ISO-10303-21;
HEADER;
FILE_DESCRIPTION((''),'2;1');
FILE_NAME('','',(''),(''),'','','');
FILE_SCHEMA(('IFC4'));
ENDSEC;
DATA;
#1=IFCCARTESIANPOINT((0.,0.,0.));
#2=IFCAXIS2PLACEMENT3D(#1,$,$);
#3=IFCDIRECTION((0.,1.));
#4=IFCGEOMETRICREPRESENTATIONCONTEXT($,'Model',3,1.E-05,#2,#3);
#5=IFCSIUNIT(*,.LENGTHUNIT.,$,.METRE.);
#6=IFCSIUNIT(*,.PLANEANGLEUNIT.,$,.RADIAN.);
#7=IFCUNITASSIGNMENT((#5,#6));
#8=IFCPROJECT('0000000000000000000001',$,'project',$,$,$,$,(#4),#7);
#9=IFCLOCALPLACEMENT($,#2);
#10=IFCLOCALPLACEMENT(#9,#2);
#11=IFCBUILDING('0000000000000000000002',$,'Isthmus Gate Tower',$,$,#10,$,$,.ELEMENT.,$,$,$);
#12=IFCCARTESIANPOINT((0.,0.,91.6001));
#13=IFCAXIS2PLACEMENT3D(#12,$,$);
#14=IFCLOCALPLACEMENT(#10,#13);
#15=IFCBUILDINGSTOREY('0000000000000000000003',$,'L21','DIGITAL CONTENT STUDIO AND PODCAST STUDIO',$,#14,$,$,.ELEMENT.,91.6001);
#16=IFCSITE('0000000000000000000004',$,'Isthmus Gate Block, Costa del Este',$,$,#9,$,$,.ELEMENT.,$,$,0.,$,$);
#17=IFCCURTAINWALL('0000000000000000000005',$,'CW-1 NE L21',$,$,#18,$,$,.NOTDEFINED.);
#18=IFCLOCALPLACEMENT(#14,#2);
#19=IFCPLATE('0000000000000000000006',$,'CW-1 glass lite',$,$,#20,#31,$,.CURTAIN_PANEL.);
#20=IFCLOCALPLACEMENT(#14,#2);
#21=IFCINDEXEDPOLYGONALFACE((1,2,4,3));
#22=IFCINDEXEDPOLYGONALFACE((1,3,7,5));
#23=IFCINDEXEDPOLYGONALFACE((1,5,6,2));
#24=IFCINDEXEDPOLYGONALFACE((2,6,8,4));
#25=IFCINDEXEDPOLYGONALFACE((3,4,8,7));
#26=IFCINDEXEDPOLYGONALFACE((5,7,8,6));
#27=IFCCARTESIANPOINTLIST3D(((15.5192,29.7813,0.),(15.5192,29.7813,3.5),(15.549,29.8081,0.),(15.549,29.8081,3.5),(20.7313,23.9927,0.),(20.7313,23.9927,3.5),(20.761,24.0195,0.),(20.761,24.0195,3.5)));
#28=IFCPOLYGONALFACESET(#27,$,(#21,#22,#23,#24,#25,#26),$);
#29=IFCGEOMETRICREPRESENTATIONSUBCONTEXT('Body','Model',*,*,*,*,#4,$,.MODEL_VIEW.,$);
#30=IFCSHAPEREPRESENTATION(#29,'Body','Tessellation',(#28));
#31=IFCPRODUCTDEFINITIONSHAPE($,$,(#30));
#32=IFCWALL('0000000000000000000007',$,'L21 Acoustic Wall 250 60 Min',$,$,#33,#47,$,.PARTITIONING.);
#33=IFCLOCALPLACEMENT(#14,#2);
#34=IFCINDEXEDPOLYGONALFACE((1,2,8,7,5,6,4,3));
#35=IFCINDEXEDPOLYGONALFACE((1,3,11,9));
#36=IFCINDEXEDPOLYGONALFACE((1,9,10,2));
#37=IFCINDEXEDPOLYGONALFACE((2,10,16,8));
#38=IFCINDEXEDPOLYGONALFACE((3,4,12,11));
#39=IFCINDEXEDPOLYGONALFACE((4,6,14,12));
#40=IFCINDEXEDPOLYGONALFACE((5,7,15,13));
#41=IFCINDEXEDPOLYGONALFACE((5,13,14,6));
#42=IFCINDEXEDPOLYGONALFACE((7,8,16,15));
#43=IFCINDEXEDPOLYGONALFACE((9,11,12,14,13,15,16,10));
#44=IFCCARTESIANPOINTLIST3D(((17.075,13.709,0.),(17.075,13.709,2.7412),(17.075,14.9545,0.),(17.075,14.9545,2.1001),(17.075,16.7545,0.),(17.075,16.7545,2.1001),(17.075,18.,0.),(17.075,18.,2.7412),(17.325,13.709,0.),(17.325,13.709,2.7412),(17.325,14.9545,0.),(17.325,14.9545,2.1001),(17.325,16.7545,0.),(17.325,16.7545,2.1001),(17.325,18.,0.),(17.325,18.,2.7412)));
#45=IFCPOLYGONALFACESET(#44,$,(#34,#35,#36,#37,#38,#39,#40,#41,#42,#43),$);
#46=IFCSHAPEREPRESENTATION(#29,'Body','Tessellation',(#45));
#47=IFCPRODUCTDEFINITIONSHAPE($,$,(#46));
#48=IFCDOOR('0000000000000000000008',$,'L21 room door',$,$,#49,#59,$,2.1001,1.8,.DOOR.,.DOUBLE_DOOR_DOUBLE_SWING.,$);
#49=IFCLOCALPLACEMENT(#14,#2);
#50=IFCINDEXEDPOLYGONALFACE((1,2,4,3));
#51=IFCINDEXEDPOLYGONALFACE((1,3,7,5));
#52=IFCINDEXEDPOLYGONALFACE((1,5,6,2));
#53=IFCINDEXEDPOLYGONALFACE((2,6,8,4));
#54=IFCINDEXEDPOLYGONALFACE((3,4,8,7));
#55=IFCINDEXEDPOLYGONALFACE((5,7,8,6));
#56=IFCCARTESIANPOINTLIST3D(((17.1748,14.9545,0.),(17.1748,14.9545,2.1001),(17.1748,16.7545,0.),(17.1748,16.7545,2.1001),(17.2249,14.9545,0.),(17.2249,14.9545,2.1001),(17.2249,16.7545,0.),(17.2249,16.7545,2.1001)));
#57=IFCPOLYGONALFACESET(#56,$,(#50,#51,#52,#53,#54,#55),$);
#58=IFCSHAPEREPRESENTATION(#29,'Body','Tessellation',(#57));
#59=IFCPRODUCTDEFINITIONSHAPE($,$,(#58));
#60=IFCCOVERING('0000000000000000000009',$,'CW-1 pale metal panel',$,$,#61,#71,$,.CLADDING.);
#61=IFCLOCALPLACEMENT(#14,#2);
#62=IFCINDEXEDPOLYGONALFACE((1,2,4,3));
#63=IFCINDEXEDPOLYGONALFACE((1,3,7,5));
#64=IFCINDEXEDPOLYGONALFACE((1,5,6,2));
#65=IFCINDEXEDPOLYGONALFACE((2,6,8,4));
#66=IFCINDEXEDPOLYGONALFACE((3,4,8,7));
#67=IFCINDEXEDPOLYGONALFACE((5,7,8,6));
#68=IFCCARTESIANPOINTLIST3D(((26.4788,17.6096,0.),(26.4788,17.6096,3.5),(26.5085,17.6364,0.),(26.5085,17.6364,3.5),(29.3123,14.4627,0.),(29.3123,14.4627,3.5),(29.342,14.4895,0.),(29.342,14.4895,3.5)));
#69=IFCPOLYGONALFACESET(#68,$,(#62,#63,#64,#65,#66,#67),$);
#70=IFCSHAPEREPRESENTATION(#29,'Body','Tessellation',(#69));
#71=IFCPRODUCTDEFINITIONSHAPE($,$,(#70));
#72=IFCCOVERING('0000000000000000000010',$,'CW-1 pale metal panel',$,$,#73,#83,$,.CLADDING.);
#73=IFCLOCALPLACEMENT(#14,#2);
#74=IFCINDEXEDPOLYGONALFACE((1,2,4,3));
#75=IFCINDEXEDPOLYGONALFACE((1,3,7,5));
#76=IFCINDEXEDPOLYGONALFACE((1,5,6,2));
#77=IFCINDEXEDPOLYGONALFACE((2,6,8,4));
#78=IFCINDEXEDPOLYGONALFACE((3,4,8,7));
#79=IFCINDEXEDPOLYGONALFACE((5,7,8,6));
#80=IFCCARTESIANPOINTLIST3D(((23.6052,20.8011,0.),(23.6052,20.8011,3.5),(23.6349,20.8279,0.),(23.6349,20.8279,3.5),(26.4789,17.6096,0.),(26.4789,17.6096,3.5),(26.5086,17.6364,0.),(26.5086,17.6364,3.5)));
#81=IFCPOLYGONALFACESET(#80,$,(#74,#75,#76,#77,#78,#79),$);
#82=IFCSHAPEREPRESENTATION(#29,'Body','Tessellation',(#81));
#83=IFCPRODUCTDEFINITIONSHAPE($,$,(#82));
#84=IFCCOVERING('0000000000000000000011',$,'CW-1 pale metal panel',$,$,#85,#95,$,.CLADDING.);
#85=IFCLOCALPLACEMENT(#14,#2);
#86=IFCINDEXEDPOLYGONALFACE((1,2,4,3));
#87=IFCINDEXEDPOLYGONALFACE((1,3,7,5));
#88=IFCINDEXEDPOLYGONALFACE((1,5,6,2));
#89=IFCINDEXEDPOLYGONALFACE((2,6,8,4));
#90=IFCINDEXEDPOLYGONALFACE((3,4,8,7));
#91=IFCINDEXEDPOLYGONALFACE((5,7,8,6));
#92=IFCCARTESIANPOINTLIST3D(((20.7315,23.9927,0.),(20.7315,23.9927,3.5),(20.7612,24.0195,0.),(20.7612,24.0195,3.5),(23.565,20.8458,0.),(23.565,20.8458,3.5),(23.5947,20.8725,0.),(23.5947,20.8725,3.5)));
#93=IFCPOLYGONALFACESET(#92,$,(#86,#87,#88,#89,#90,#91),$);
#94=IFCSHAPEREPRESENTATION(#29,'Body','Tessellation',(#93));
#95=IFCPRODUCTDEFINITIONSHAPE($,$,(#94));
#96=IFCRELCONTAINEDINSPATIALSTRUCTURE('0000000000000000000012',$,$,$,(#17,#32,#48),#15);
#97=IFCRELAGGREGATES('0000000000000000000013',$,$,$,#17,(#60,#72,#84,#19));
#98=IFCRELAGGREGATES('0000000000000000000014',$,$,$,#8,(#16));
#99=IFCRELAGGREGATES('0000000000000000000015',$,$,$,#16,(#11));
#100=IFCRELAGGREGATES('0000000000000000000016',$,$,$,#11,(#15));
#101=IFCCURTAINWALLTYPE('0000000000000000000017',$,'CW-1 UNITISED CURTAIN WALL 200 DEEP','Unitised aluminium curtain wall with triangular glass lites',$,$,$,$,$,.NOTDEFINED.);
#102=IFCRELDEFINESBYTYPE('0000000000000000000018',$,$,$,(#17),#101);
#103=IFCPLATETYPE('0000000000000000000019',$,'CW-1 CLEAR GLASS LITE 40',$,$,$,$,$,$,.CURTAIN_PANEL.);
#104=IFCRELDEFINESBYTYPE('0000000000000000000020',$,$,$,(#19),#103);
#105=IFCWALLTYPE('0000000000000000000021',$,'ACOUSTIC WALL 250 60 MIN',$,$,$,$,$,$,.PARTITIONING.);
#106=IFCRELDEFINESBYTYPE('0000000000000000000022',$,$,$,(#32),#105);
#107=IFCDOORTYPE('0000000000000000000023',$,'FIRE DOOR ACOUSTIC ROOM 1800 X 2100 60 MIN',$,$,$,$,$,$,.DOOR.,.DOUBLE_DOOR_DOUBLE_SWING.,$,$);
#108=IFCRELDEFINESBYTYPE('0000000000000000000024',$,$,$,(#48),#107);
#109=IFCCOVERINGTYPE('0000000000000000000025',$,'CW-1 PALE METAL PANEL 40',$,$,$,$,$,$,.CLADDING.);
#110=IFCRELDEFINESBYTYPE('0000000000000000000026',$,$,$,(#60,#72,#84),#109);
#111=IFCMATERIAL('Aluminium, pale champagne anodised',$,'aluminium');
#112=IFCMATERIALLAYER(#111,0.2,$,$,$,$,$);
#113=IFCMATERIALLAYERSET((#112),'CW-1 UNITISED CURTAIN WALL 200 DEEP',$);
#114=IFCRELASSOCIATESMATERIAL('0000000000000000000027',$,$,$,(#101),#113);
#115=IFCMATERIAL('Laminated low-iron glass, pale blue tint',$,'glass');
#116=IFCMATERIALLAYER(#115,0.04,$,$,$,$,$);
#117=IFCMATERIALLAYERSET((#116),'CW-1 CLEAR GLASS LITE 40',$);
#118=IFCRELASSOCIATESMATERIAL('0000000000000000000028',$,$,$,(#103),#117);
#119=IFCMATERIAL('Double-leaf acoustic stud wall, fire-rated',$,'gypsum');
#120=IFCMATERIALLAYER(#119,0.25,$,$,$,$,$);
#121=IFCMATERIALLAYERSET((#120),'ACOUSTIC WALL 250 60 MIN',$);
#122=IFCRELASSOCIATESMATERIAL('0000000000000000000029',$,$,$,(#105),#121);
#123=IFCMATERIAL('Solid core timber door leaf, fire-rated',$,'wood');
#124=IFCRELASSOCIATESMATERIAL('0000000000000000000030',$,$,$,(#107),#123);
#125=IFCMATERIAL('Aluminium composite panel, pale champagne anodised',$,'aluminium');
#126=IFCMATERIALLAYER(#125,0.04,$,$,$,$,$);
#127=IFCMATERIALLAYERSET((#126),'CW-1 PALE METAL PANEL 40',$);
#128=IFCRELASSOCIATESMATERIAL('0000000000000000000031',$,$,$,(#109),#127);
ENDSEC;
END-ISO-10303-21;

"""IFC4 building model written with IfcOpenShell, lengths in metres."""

from ifc_helpers import new_model, si_unit, direction, frame, frame_2d, origin, origin_2d, place, context, subcontext, project, spatial, rectangle, extrude, material, layer, layer_set, type_object, element, fill, aggregate, save


model = new_model("IFC4")

# Units and contexts
model_context = context("Model", 3, precision=1e-05, world=origin(), true_north=direction((0.0, 1.0)))
body_context = subcontext(model_context, "Body", "Model", "MODEL_VIEW")
ifc_project = project(units=[si_unit("LENGTHUNIT", "METRE"), si_unit("PLANEANGLEUNIT", "RADIAN")], contexts=[model_context])

# Site, building, storey
site_placement = place(None, origin())
site = spatial("IfcSite", under=ifc_project, at=site_placement, Name="Isthmus Gate Block, Costa del Este", CompositionType="ELEMENT", RefElevation=0.0)
building_placement = place(site_placement, origin())
building = spatial("IfcBuilding", under=site, at=building_placement, Name="Isthmus Gate Tower", CompositionType="ELEMENT")
storey_placement = place(building_placement, frame((0.0, 0.0, 91.6001)))
storey = spatial("IfcBuildingStorey", under=building, at=storey_placement, Name="L21", Description="DIGITAL CONTENT STUDIO AND PODCAST STUDIO", CompositionType="ELEMENT", Elevation=91.6001)

# Curtain wall
ifc_material_1 = material(Name="Aluminium, pale champagne anodised", Category="aluminium")
ifc_layer_1 = layer(ifc_material_1, 0.2)
ifc_layer_set_1 = layer_set([ifc_layer_1], Name="CW-1 UNITISED CURTAIN WALL 200 DEEP")
curtain_wall_type = type_object("IfcCurtainWallType", Name="CW-1 UNITISED CURTAIN WALL 200 DEEP", Description="Unitised aluminium curtain wall with triangular glass lites", PredefinedType="NOTDEFINED", material=ifc_layer_set_1)
curtain_wall_1_placement = place(storey_placement, origin())
curtain_wall_1 = element("IfcCurtainWall", 1, at=curtain_wall_1_placement, inside=storey, type_object=curtain_wall_type, Name="CW-1 NE L21", PredefinedType="NOTDEFINED")

# Plate
ifc_material_2 = material(Name="Laminated low-iron glass, pale blue tint", Category="glass")
ifc_layer_2 = layer(ifc_material_2, 0.04)
ifc_layer_set_2 = layer_set([ifc_layer_2], Name="CW-1 CLEAR GLASS LITE 40")
plate_type = type_object("IfcPlateType", Name="CW-1 CLEAR GLASS LITE 40", PredefinedType="CURTAIN_PANEL", material=ifc_layer_set_2)
plate_placement = place(storey_placement, frame((18.1401, 26.9004, 0.0), z_axis=(0.0, 0.0, 1.0), x_axis=(-0.669131, 0.743145, 0.0)))
plate = element("IfcPlate", 2, at=plate_placement, type_object=plate_type, Name="CW-1 glass lite", PredefinedType="CURTAIN_PANEL", context=body_context, shape_type="SweptSolid", body=[
    extrude(rectangle(XDim=7.7893, YDim=0.04, at=origin_2d()), origin(), (0.0, 0.0, 1.0), 3.5),
])

# Wall, opening, door
ifc_material_3 = material(Name="Double-leaf acoustic stud wall, fire-rated", Category="gypsum")
ifc_layer_3 = layer(ifc_material_3, 0.25)
ifc_layer_set_3 = layer_set([ifc_layer_3], Name="ACOUSTIC WALL 250 60 MIN")
wall_type = type_object("IfcWallType", Name="ACOUSTIC WALL 250 60 MIN", PredefinedType="PARTITIONING", material=ifc_layer_set_3)
wall_placement = place(storey_placement, frame((17.2, 18.0, 0.0), z_axis=(0.0, 0.0, 1.0), x_axis=(0.0, -1.0, 0.0)))
wall = element("IfcWall", 3, at=wall_placement, inside=storey, type_object=wall_type, Name="L21 Acoustic Wall 250 60 Min", PredefinedType="PARTITIONING", context=body_context, shape_type="SweptSolid", body=[
    extrude(rectangle(XDim=4.291, YDim=0.25, at=frame_2d((2.1455, 0.0))), origin(), (0.0, 0.0, 1.0), 2.7412),
])
opening_placement = place(wall_placement, frame((1.2456, 0.0, 0.0)))
opening = element("IfcOpeningElement", 4, at=opening_placement, cuts=wall, PredefinedType="OPENING", context=body_context, shape_type="SweptSolid", body=[
    extrude(rectangle(XDim=1.8, YDim=2.1001, at=frame_2d((0.8999, 1.05))), frame((0.0, 0.135, 0.0), z_axis=(0.0, -1.0, 0.0), x_axis=(1.0, 0.0, 0.0)), (0.0, 0.0, 1.0), 0.27),
])
ifc_material_4 = material(Name="Solid core timber door leaf, fire-rated", Category="wood")
door_type = type_object("IfcDoorType", Name="FIRE DOOR ACOUSTIC ROOM 1800 X 2100 60 MIN", OperationType="DOUBLE_DOOR_DOUBLE_SWING", PredefinedType="DOOR", material=ifc_material_4)
door_placement = place(opening_placement, origin())
door = element("IfcDoor", 5, at=door_placement, inside=storey, type_object=door_type, Name="L21 room door", OperationType="DOUBLE_DOOR_DOUBLE_SWING", OverallHeight=2.1001, OverallWidth=1.8, PredefinedType="DOOR", context=body_context, shape_type="SweptSolid", body=[
    extrude(rectangle(XDim=1.8, YDim=2.1001, at=frame_2d((0.8999, 1.05))), frame((0.0, 0.0249, 0.0), z_axis=(0.0, -1.0, 0.0), x_axis=(1.0, 0.0, 0.0)), (0.0, 0.0, 1.0), 0.05),
])
fill(opening, door)

# Coverings
ifc_material_5 = material(Name="Aluminium composite panel, pale champagne anodised", Category="aluminium")
ifc_layer_4 = layer(ifc_material_5, 0.04)
ifc_layer_set_4 = layer_set([ifc_layer_4], Name="CW-1 PALE METAL PANEL 40")
covering_type = type_object("IfcCoveringType", Name="CW-1 PALE METAL PANEL 40", PredefinedType="CLADDING", material=ifc_layer_set_4)
covering_1_placement = place(storey_placement, frame((27.9104, 16.0496, 0.0), z_axis=(0.0, 0.0, 1.0), x_axis=(-0.669131, 0.743145, 0.0)))
covering_1 = element("IfcCovering", 6, at=covering_1_placement, type_object=covering_type, Name="CW-1 pale metal panel", PredefinedType="CLADDING", context=body_context, shape_type="SweptSolid", body=[
    extrude(rectangle(XDim=4.2346, YDim=0.04, at=origin_2d()), origin(), (0.0, 0.0, 1.0), 3.5),
])
covering_2_placement = place(storey_placement, frame((25.0569, 19.2188, 0.0), z_axis=(0.0, 0.0, 1.0), x_axis=(-0.669131, 0.743145, 0.0)))
covering_2 = element("IfcCovering", 7, at=covering_2_placement, type_object=covering_type, Name="CW-1 pale metal panel", PredefinedType="CLADDING", context=body_context, shape_type="SweptSolid", body=[
    extrude(rectangle(XDim=4.2947, YDim=0.04, at=origin_2d()), origin(), (0.0, 0.0, 1.0), 3.5),
])
covering_3_placement = place(storey_placement, frame((22.1631, 22.4326, 0.0), z_axis=(0.0, 0.0, 1.0), x_axis=(-0.669131, 0.743145, 0.0)))
covering_3 = element("IfcCovering", 8, at=covering_3_placement, type_object=covering_type, Name="CW-1 pale metal panel", PredefinedType="CLADDING", context=body_context, shape_type="SweptSolid", body=[
    extrude(rectangle(XDim=4.2346, YDim=0.04, at=origin_2d()), origin(), (0.0, 0.0, 1.0), 3.5),
])
aggregate(curtain_wall_1, [covering_1, covering_2, covering_3, plate])

save(model, "model.ifc")
